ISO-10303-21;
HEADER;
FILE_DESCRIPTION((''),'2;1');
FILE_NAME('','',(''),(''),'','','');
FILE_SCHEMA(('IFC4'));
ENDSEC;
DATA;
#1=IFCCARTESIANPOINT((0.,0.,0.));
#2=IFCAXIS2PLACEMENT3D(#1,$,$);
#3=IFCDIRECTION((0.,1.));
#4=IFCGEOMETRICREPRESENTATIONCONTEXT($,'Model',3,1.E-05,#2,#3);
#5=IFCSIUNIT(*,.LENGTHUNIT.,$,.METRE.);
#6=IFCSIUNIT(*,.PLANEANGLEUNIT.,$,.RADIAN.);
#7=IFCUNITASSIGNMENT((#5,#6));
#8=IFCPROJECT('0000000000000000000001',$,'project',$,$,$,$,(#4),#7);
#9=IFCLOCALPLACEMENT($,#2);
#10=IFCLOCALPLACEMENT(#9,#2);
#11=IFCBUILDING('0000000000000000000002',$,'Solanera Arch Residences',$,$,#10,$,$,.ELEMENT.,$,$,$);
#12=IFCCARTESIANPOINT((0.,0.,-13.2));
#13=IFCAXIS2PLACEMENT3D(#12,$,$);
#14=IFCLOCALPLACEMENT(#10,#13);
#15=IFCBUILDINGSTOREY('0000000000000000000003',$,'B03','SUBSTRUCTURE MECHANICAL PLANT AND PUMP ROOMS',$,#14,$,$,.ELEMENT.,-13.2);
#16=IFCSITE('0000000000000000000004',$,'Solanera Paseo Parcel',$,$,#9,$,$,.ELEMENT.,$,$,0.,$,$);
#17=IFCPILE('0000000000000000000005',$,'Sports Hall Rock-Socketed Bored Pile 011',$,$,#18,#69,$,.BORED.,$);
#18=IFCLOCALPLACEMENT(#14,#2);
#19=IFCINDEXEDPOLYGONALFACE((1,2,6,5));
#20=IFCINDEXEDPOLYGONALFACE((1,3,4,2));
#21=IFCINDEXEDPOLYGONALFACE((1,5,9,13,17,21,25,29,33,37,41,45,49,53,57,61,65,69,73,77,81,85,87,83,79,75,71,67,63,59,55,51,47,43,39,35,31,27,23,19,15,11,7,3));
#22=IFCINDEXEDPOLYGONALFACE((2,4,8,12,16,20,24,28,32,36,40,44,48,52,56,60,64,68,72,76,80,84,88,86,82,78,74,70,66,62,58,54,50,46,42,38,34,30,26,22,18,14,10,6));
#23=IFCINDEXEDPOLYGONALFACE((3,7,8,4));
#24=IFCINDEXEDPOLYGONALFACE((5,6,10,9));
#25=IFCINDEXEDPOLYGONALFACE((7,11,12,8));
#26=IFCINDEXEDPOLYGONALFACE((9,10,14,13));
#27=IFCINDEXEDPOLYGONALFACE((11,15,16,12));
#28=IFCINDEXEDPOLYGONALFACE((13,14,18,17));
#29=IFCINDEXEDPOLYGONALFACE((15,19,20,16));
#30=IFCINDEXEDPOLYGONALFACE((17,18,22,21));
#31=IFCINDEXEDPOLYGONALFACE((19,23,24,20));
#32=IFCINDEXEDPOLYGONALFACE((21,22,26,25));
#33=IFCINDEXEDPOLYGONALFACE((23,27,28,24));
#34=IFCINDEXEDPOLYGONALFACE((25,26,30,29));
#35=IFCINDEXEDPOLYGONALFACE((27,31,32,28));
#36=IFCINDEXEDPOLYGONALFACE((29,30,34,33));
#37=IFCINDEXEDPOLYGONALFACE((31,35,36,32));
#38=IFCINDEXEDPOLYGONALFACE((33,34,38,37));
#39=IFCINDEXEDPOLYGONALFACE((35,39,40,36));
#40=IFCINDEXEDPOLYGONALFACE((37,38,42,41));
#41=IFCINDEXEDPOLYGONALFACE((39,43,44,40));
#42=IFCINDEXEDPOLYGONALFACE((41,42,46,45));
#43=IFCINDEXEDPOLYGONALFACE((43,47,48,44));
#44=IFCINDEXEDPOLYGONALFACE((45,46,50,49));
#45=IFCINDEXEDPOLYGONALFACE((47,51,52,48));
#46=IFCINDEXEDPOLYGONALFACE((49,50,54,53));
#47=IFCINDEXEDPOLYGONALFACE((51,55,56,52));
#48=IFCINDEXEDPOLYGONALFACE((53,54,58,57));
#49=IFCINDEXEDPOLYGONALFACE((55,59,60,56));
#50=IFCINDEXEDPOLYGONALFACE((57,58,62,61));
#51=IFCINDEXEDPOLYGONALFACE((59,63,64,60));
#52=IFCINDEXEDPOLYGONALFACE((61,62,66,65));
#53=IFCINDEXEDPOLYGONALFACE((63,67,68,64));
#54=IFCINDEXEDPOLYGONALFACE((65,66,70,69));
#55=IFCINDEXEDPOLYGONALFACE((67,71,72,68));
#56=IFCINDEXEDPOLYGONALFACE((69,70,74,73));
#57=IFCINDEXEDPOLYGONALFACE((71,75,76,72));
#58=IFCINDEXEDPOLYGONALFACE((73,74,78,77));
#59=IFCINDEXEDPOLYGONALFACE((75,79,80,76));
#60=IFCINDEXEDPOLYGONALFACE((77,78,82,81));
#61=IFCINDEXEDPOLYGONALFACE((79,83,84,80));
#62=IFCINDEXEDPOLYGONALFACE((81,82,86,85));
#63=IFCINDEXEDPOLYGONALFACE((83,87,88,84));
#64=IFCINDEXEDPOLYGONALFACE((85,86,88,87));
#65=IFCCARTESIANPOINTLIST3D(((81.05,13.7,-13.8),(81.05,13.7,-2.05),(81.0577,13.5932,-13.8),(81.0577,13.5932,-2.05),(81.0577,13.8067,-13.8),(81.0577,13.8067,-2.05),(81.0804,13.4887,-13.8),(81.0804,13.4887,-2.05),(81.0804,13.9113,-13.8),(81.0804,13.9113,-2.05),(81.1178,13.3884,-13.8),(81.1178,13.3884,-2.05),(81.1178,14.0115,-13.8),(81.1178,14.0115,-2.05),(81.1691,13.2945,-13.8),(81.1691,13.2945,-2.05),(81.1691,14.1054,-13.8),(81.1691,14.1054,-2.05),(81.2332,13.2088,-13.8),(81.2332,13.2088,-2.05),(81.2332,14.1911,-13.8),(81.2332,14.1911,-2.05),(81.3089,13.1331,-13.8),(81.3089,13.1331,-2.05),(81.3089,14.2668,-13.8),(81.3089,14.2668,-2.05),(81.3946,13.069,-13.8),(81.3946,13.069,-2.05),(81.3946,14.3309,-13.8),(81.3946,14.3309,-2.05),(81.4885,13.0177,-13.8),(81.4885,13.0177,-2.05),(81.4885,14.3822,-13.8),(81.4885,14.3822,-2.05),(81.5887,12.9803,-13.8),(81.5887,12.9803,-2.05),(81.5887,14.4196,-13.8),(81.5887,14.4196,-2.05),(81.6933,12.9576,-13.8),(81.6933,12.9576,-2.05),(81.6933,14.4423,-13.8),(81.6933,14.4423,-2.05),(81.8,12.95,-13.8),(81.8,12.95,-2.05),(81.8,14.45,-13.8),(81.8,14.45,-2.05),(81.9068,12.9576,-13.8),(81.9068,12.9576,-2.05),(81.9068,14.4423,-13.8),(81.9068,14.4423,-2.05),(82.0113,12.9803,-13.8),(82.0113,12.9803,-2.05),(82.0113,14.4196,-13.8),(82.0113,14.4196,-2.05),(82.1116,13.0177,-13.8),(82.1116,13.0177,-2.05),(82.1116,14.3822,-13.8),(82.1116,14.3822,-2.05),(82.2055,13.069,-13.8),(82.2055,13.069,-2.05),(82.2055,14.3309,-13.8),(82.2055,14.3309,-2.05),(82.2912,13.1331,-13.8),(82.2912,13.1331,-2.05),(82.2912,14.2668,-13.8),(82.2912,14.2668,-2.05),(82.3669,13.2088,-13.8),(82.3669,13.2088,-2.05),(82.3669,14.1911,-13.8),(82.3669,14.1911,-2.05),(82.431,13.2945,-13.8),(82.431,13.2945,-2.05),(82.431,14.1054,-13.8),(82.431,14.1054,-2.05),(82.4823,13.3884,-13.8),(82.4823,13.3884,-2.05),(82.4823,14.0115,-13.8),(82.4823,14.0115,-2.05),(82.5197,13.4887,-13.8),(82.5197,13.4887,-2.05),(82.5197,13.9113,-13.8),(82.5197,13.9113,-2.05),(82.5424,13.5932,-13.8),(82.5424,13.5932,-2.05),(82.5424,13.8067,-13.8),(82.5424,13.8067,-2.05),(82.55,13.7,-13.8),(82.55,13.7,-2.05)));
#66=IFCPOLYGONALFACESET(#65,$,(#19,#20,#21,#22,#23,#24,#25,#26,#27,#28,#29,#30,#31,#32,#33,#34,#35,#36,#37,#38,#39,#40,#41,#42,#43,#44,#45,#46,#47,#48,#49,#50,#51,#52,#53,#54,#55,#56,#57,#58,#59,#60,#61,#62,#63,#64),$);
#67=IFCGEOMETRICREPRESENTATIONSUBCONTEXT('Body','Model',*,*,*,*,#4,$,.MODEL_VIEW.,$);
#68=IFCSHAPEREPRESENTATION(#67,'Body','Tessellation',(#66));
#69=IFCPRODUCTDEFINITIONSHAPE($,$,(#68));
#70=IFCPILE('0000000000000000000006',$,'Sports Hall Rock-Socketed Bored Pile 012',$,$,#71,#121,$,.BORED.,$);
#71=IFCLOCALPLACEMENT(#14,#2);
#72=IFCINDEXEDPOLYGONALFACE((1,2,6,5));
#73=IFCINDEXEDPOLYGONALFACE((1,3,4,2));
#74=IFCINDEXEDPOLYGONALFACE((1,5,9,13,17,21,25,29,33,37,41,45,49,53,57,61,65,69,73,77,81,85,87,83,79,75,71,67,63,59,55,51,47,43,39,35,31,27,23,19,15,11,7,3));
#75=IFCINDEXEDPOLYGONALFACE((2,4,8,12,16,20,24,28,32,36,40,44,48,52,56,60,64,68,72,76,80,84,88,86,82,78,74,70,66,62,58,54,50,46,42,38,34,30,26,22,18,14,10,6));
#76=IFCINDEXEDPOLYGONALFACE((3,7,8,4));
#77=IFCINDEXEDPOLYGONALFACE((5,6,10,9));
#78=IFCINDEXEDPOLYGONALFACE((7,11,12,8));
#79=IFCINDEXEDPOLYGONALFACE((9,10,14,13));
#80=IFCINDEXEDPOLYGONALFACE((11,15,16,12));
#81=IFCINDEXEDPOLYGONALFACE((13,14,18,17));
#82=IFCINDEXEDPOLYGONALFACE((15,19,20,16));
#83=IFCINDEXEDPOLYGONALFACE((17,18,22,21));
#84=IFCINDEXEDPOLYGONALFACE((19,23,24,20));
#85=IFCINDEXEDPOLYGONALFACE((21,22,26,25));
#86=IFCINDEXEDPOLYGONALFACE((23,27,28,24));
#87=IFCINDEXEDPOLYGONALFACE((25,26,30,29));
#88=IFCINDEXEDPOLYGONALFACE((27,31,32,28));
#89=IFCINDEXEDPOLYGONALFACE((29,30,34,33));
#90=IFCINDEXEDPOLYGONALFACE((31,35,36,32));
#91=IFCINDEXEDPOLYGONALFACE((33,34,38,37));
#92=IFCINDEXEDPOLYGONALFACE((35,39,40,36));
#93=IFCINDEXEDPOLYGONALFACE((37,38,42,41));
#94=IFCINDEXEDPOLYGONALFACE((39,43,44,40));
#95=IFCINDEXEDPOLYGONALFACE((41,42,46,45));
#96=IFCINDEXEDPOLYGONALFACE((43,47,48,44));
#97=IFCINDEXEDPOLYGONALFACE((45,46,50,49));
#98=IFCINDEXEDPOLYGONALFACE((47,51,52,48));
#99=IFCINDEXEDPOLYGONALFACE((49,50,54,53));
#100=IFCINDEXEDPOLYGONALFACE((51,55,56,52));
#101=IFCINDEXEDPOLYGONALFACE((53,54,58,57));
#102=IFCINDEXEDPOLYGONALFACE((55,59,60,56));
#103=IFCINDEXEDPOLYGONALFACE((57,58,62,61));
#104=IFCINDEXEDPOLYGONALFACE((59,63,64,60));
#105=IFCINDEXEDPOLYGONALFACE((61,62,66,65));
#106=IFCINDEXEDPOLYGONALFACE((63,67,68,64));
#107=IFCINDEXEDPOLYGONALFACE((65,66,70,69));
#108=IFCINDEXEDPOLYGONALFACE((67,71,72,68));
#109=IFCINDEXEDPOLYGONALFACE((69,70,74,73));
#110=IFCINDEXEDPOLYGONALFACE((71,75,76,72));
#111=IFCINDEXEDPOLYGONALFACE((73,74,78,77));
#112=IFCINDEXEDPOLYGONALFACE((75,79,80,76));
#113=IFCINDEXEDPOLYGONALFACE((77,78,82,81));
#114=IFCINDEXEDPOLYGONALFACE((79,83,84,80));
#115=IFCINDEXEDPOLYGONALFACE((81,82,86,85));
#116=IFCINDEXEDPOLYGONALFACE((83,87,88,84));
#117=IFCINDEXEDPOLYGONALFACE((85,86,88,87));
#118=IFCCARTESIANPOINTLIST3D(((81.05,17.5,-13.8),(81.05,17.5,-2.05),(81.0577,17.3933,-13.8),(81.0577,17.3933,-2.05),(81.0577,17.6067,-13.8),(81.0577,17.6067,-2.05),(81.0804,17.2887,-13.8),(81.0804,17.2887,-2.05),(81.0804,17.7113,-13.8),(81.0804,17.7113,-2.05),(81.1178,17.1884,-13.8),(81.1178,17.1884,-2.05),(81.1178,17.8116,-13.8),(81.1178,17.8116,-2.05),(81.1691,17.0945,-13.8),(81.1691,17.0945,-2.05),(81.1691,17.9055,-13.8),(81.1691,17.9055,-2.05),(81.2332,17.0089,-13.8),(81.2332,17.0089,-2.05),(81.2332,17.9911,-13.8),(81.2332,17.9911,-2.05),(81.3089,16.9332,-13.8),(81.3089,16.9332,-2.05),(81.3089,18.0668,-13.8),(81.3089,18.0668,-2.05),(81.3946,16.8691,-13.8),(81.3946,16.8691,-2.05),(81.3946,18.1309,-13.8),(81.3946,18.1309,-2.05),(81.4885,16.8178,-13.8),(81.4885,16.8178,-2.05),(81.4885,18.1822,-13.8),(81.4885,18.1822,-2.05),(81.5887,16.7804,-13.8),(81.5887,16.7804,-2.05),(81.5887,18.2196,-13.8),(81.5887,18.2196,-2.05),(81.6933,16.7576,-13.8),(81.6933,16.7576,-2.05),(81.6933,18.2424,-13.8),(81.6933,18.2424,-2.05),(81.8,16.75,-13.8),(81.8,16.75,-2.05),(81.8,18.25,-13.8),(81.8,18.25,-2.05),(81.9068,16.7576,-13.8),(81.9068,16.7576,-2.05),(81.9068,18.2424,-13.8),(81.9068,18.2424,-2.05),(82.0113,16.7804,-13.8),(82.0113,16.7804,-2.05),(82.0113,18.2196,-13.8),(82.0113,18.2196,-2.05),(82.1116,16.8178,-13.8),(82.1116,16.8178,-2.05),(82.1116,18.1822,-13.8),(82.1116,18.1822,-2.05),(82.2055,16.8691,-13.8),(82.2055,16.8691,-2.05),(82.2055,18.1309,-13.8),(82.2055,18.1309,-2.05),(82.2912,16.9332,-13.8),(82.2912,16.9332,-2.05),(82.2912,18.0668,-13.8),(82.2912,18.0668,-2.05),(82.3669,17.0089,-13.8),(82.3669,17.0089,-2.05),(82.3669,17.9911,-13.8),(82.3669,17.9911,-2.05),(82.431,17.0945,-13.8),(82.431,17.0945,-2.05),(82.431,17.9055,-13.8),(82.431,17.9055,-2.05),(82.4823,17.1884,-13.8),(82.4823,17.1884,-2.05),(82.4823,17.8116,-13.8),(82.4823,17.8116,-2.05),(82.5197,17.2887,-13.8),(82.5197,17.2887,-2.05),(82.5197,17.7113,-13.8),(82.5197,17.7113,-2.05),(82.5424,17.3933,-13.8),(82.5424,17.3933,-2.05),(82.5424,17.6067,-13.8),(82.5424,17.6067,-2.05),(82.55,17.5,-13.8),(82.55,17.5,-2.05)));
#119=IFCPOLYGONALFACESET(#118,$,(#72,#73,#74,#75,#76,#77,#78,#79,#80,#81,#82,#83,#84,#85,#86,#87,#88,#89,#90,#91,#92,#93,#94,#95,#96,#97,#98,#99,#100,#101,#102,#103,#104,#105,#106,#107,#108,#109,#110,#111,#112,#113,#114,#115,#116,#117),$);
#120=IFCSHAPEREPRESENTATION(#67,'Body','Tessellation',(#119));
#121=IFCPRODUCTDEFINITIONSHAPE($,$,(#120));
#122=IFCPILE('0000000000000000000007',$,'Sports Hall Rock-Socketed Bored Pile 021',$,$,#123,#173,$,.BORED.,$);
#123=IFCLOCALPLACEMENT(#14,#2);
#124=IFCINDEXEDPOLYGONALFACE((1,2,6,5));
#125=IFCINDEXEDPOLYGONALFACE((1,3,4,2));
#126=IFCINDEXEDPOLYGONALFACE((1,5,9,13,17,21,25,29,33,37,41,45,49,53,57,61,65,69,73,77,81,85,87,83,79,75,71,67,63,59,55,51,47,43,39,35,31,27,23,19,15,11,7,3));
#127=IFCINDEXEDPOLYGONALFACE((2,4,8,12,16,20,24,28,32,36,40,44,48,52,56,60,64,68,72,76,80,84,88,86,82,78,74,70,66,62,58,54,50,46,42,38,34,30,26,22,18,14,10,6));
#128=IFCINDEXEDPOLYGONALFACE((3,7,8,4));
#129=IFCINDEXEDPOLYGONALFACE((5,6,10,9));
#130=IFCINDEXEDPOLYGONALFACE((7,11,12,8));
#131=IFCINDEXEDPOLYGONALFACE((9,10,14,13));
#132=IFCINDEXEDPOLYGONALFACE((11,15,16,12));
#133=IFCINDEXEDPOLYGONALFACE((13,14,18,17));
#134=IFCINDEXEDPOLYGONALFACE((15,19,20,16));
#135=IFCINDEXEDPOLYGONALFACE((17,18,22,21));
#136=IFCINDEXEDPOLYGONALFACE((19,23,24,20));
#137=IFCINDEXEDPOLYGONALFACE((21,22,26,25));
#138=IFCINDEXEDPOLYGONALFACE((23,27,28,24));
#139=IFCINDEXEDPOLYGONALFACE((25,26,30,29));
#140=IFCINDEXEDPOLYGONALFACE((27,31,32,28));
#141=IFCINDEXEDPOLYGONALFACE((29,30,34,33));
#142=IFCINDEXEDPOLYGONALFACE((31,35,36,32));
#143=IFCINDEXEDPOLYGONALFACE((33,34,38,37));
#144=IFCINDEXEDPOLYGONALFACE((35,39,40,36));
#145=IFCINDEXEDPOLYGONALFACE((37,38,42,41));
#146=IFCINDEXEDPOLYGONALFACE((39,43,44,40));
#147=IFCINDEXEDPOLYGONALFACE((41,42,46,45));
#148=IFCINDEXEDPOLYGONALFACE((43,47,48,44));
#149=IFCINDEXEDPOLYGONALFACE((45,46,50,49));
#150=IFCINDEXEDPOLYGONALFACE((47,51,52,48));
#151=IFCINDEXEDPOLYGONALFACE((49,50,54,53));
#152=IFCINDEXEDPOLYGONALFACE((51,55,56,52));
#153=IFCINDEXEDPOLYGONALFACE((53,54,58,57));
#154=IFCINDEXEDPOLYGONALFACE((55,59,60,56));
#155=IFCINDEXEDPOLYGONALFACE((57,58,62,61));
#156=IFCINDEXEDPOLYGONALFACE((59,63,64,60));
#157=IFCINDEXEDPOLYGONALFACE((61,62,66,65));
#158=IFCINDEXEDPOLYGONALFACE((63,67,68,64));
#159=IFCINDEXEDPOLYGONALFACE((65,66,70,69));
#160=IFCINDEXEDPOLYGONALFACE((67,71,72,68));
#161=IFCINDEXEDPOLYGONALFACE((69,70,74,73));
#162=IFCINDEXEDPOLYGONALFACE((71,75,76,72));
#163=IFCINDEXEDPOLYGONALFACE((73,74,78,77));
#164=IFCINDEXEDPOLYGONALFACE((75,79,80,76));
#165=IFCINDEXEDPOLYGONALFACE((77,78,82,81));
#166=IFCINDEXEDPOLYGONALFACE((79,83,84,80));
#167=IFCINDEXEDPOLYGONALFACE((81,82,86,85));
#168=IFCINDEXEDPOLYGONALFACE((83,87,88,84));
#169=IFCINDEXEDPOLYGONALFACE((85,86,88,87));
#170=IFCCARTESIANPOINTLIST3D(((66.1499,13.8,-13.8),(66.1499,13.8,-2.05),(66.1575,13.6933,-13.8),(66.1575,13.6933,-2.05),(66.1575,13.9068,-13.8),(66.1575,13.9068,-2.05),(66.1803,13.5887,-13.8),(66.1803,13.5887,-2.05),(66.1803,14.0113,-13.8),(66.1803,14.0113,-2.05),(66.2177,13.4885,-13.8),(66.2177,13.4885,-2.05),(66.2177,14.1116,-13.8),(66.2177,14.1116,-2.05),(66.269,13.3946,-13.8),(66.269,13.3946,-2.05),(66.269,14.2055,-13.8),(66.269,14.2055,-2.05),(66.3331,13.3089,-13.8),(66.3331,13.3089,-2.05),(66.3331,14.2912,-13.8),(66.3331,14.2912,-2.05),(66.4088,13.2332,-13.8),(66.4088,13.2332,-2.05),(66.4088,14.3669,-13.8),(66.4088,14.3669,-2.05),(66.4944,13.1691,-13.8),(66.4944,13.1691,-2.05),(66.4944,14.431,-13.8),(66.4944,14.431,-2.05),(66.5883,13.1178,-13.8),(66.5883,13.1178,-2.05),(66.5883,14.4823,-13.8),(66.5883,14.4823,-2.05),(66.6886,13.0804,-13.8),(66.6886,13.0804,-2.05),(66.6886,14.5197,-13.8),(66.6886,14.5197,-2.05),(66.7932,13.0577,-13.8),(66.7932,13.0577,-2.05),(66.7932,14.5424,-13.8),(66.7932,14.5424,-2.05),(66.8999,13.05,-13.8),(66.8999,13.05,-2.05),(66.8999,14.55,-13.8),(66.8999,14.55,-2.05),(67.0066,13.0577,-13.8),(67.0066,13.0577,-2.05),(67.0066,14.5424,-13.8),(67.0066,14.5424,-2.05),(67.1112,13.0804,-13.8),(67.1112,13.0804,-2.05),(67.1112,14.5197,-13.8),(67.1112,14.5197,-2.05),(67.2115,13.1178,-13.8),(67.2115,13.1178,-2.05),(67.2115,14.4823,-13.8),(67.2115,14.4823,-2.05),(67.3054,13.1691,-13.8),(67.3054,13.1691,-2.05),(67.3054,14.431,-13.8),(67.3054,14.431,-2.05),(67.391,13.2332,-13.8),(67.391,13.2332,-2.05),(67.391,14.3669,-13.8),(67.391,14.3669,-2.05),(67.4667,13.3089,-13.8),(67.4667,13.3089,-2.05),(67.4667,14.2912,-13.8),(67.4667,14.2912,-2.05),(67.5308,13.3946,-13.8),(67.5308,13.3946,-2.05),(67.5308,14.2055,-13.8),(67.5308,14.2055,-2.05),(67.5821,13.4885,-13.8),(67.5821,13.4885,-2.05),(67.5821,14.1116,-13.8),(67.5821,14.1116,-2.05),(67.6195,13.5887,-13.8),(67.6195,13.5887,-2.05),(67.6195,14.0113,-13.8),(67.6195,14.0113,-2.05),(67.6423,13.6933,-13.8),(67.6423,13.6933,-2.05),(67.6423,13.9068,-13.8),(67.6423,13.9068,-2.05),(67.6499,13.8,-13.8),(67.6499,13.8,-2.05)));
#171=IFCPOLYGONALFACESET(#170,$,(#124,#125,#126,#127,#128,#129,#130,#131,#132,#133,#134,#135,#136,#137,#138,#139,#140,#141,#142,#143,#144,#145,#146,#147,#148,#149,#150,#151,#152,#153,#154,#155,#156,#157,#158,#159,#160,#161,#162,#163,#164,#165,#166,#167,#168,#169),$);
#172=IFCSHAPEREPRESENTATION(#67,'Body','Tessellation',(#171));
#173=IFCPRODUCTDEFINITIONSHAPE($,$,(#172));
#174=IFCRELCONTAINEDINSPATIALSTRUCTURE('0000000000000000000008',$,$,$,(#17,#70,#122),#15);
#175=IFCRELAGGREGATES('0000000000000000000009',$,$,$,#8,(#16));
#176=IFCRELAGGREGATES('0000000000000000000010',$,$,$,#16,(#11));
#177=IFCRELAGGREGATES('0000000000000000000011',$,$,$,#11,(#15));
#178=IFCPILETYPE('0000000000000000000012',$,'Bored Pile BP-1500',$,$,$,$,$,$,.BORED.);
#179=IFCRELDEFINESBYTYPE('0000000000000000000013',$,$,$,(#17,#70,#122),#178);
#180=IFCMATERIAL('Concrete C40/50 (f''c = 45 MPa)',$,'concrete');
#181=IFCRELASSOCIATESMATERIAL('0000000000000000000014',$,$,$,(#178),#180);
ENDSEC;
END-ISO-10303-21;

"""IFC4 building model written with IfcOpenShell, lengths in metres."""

from ifc_helpers import new_model, si_unit, direction, frame, origin, origin_2d, place, context, subcontext, project, spatial, circle, extrude, material, material_profile, profile_set, type_object, element, save


model = new_model("IFC4")

# Units and contexts
model_context = context("Model", 3, precision=1e-05, world=origin(), true_north=direction((0.0, 1.0)))
body_context = subcontext(model_context, "Body", "Model", "MODEL_VIEW")
ifc_project = project(units=[si_unit("LENGTHUNIT", "METRE"), si_unit("PLANEANGLEUNIT", "RADIAN")], contexts=[model_context])

# Site, building, storey
site_placement = place(None, origin())
site = spatial("IfcSite", under=ifc_project, at=site_placement, Name="Solanera Paseo Parcel", CompositionType="ELEMENT", RefElevation=0.0)
building_placement = place(site_placement, origin())
building = spatial("IfcBuilding", under=site, at=building_placement, Name="Solanera Arch Residences", CompositionType="ELEMENT")
storey_placement = place(building_placement, frame((0.0, 0.0, -13.2)))
storey = spatial("IfcBuildingStorey", under=building, at=storey_placement, Name="B03", Description="SUBSTRUCTURE MECHANICAL PLANT AND PUMP ROOMS", CompositionType="ELEMENT", Elevation=-13.2)

# Piles
ifc_material_1 = material(Name="Concrete C40/50 (f'c = 45 MPa)", Category="concrete")
ifc_material_profile_1 = material_profile(ifc_material_1, circle(Radius=0.75, at=origin_2d()))
ifc_profile_set_1 = profile_set([ifc_material_profile_1], Name="Concrete C40/50 (f'c = 45 MPa)")
pile_type = type_object("IfcPileType", Name="Bored Pile BP-1500", PredefinedType="BORED", material=ifc_profile_set_1)
for number, where, z_axis, x_axis, name in (
    (1, (81.8, 13.7, -2.05), (0.0, 0.0, -1.0), (1.0, 0.0, 0.0), "Sports Hall Rock-Socketed Bored Pile 011"),
    (2, (81.8, 17.5, -2.05), (0.0, 0.0, -1.0), (1.0, 0.0, 0.0), "Sports Hall Rock-Socketed Bored Pile 012"),
    (3, (66.8999, 13.8, -2.05), (0.0, 0.0, -1.0), (1.0, 0.0, 0.0), "Sports Hall Rock-Socketed Bored Pile 021"),
):
    element("IfcPile", number, at=place(storey_placement, frame(where, z_axis=z_axis, x_axis=x_axis)), inside=storey, type_object=pile_type, Name=name, PredefinedType="BORED", context=body_context, shape_type="SweptSolid", body=[
        extrude(circle(Radius=0.75, at=origin_2d()), origin(), (0.0, 0.0, 1.0), 11.75),
    ])

save(model, "model.ifc")
